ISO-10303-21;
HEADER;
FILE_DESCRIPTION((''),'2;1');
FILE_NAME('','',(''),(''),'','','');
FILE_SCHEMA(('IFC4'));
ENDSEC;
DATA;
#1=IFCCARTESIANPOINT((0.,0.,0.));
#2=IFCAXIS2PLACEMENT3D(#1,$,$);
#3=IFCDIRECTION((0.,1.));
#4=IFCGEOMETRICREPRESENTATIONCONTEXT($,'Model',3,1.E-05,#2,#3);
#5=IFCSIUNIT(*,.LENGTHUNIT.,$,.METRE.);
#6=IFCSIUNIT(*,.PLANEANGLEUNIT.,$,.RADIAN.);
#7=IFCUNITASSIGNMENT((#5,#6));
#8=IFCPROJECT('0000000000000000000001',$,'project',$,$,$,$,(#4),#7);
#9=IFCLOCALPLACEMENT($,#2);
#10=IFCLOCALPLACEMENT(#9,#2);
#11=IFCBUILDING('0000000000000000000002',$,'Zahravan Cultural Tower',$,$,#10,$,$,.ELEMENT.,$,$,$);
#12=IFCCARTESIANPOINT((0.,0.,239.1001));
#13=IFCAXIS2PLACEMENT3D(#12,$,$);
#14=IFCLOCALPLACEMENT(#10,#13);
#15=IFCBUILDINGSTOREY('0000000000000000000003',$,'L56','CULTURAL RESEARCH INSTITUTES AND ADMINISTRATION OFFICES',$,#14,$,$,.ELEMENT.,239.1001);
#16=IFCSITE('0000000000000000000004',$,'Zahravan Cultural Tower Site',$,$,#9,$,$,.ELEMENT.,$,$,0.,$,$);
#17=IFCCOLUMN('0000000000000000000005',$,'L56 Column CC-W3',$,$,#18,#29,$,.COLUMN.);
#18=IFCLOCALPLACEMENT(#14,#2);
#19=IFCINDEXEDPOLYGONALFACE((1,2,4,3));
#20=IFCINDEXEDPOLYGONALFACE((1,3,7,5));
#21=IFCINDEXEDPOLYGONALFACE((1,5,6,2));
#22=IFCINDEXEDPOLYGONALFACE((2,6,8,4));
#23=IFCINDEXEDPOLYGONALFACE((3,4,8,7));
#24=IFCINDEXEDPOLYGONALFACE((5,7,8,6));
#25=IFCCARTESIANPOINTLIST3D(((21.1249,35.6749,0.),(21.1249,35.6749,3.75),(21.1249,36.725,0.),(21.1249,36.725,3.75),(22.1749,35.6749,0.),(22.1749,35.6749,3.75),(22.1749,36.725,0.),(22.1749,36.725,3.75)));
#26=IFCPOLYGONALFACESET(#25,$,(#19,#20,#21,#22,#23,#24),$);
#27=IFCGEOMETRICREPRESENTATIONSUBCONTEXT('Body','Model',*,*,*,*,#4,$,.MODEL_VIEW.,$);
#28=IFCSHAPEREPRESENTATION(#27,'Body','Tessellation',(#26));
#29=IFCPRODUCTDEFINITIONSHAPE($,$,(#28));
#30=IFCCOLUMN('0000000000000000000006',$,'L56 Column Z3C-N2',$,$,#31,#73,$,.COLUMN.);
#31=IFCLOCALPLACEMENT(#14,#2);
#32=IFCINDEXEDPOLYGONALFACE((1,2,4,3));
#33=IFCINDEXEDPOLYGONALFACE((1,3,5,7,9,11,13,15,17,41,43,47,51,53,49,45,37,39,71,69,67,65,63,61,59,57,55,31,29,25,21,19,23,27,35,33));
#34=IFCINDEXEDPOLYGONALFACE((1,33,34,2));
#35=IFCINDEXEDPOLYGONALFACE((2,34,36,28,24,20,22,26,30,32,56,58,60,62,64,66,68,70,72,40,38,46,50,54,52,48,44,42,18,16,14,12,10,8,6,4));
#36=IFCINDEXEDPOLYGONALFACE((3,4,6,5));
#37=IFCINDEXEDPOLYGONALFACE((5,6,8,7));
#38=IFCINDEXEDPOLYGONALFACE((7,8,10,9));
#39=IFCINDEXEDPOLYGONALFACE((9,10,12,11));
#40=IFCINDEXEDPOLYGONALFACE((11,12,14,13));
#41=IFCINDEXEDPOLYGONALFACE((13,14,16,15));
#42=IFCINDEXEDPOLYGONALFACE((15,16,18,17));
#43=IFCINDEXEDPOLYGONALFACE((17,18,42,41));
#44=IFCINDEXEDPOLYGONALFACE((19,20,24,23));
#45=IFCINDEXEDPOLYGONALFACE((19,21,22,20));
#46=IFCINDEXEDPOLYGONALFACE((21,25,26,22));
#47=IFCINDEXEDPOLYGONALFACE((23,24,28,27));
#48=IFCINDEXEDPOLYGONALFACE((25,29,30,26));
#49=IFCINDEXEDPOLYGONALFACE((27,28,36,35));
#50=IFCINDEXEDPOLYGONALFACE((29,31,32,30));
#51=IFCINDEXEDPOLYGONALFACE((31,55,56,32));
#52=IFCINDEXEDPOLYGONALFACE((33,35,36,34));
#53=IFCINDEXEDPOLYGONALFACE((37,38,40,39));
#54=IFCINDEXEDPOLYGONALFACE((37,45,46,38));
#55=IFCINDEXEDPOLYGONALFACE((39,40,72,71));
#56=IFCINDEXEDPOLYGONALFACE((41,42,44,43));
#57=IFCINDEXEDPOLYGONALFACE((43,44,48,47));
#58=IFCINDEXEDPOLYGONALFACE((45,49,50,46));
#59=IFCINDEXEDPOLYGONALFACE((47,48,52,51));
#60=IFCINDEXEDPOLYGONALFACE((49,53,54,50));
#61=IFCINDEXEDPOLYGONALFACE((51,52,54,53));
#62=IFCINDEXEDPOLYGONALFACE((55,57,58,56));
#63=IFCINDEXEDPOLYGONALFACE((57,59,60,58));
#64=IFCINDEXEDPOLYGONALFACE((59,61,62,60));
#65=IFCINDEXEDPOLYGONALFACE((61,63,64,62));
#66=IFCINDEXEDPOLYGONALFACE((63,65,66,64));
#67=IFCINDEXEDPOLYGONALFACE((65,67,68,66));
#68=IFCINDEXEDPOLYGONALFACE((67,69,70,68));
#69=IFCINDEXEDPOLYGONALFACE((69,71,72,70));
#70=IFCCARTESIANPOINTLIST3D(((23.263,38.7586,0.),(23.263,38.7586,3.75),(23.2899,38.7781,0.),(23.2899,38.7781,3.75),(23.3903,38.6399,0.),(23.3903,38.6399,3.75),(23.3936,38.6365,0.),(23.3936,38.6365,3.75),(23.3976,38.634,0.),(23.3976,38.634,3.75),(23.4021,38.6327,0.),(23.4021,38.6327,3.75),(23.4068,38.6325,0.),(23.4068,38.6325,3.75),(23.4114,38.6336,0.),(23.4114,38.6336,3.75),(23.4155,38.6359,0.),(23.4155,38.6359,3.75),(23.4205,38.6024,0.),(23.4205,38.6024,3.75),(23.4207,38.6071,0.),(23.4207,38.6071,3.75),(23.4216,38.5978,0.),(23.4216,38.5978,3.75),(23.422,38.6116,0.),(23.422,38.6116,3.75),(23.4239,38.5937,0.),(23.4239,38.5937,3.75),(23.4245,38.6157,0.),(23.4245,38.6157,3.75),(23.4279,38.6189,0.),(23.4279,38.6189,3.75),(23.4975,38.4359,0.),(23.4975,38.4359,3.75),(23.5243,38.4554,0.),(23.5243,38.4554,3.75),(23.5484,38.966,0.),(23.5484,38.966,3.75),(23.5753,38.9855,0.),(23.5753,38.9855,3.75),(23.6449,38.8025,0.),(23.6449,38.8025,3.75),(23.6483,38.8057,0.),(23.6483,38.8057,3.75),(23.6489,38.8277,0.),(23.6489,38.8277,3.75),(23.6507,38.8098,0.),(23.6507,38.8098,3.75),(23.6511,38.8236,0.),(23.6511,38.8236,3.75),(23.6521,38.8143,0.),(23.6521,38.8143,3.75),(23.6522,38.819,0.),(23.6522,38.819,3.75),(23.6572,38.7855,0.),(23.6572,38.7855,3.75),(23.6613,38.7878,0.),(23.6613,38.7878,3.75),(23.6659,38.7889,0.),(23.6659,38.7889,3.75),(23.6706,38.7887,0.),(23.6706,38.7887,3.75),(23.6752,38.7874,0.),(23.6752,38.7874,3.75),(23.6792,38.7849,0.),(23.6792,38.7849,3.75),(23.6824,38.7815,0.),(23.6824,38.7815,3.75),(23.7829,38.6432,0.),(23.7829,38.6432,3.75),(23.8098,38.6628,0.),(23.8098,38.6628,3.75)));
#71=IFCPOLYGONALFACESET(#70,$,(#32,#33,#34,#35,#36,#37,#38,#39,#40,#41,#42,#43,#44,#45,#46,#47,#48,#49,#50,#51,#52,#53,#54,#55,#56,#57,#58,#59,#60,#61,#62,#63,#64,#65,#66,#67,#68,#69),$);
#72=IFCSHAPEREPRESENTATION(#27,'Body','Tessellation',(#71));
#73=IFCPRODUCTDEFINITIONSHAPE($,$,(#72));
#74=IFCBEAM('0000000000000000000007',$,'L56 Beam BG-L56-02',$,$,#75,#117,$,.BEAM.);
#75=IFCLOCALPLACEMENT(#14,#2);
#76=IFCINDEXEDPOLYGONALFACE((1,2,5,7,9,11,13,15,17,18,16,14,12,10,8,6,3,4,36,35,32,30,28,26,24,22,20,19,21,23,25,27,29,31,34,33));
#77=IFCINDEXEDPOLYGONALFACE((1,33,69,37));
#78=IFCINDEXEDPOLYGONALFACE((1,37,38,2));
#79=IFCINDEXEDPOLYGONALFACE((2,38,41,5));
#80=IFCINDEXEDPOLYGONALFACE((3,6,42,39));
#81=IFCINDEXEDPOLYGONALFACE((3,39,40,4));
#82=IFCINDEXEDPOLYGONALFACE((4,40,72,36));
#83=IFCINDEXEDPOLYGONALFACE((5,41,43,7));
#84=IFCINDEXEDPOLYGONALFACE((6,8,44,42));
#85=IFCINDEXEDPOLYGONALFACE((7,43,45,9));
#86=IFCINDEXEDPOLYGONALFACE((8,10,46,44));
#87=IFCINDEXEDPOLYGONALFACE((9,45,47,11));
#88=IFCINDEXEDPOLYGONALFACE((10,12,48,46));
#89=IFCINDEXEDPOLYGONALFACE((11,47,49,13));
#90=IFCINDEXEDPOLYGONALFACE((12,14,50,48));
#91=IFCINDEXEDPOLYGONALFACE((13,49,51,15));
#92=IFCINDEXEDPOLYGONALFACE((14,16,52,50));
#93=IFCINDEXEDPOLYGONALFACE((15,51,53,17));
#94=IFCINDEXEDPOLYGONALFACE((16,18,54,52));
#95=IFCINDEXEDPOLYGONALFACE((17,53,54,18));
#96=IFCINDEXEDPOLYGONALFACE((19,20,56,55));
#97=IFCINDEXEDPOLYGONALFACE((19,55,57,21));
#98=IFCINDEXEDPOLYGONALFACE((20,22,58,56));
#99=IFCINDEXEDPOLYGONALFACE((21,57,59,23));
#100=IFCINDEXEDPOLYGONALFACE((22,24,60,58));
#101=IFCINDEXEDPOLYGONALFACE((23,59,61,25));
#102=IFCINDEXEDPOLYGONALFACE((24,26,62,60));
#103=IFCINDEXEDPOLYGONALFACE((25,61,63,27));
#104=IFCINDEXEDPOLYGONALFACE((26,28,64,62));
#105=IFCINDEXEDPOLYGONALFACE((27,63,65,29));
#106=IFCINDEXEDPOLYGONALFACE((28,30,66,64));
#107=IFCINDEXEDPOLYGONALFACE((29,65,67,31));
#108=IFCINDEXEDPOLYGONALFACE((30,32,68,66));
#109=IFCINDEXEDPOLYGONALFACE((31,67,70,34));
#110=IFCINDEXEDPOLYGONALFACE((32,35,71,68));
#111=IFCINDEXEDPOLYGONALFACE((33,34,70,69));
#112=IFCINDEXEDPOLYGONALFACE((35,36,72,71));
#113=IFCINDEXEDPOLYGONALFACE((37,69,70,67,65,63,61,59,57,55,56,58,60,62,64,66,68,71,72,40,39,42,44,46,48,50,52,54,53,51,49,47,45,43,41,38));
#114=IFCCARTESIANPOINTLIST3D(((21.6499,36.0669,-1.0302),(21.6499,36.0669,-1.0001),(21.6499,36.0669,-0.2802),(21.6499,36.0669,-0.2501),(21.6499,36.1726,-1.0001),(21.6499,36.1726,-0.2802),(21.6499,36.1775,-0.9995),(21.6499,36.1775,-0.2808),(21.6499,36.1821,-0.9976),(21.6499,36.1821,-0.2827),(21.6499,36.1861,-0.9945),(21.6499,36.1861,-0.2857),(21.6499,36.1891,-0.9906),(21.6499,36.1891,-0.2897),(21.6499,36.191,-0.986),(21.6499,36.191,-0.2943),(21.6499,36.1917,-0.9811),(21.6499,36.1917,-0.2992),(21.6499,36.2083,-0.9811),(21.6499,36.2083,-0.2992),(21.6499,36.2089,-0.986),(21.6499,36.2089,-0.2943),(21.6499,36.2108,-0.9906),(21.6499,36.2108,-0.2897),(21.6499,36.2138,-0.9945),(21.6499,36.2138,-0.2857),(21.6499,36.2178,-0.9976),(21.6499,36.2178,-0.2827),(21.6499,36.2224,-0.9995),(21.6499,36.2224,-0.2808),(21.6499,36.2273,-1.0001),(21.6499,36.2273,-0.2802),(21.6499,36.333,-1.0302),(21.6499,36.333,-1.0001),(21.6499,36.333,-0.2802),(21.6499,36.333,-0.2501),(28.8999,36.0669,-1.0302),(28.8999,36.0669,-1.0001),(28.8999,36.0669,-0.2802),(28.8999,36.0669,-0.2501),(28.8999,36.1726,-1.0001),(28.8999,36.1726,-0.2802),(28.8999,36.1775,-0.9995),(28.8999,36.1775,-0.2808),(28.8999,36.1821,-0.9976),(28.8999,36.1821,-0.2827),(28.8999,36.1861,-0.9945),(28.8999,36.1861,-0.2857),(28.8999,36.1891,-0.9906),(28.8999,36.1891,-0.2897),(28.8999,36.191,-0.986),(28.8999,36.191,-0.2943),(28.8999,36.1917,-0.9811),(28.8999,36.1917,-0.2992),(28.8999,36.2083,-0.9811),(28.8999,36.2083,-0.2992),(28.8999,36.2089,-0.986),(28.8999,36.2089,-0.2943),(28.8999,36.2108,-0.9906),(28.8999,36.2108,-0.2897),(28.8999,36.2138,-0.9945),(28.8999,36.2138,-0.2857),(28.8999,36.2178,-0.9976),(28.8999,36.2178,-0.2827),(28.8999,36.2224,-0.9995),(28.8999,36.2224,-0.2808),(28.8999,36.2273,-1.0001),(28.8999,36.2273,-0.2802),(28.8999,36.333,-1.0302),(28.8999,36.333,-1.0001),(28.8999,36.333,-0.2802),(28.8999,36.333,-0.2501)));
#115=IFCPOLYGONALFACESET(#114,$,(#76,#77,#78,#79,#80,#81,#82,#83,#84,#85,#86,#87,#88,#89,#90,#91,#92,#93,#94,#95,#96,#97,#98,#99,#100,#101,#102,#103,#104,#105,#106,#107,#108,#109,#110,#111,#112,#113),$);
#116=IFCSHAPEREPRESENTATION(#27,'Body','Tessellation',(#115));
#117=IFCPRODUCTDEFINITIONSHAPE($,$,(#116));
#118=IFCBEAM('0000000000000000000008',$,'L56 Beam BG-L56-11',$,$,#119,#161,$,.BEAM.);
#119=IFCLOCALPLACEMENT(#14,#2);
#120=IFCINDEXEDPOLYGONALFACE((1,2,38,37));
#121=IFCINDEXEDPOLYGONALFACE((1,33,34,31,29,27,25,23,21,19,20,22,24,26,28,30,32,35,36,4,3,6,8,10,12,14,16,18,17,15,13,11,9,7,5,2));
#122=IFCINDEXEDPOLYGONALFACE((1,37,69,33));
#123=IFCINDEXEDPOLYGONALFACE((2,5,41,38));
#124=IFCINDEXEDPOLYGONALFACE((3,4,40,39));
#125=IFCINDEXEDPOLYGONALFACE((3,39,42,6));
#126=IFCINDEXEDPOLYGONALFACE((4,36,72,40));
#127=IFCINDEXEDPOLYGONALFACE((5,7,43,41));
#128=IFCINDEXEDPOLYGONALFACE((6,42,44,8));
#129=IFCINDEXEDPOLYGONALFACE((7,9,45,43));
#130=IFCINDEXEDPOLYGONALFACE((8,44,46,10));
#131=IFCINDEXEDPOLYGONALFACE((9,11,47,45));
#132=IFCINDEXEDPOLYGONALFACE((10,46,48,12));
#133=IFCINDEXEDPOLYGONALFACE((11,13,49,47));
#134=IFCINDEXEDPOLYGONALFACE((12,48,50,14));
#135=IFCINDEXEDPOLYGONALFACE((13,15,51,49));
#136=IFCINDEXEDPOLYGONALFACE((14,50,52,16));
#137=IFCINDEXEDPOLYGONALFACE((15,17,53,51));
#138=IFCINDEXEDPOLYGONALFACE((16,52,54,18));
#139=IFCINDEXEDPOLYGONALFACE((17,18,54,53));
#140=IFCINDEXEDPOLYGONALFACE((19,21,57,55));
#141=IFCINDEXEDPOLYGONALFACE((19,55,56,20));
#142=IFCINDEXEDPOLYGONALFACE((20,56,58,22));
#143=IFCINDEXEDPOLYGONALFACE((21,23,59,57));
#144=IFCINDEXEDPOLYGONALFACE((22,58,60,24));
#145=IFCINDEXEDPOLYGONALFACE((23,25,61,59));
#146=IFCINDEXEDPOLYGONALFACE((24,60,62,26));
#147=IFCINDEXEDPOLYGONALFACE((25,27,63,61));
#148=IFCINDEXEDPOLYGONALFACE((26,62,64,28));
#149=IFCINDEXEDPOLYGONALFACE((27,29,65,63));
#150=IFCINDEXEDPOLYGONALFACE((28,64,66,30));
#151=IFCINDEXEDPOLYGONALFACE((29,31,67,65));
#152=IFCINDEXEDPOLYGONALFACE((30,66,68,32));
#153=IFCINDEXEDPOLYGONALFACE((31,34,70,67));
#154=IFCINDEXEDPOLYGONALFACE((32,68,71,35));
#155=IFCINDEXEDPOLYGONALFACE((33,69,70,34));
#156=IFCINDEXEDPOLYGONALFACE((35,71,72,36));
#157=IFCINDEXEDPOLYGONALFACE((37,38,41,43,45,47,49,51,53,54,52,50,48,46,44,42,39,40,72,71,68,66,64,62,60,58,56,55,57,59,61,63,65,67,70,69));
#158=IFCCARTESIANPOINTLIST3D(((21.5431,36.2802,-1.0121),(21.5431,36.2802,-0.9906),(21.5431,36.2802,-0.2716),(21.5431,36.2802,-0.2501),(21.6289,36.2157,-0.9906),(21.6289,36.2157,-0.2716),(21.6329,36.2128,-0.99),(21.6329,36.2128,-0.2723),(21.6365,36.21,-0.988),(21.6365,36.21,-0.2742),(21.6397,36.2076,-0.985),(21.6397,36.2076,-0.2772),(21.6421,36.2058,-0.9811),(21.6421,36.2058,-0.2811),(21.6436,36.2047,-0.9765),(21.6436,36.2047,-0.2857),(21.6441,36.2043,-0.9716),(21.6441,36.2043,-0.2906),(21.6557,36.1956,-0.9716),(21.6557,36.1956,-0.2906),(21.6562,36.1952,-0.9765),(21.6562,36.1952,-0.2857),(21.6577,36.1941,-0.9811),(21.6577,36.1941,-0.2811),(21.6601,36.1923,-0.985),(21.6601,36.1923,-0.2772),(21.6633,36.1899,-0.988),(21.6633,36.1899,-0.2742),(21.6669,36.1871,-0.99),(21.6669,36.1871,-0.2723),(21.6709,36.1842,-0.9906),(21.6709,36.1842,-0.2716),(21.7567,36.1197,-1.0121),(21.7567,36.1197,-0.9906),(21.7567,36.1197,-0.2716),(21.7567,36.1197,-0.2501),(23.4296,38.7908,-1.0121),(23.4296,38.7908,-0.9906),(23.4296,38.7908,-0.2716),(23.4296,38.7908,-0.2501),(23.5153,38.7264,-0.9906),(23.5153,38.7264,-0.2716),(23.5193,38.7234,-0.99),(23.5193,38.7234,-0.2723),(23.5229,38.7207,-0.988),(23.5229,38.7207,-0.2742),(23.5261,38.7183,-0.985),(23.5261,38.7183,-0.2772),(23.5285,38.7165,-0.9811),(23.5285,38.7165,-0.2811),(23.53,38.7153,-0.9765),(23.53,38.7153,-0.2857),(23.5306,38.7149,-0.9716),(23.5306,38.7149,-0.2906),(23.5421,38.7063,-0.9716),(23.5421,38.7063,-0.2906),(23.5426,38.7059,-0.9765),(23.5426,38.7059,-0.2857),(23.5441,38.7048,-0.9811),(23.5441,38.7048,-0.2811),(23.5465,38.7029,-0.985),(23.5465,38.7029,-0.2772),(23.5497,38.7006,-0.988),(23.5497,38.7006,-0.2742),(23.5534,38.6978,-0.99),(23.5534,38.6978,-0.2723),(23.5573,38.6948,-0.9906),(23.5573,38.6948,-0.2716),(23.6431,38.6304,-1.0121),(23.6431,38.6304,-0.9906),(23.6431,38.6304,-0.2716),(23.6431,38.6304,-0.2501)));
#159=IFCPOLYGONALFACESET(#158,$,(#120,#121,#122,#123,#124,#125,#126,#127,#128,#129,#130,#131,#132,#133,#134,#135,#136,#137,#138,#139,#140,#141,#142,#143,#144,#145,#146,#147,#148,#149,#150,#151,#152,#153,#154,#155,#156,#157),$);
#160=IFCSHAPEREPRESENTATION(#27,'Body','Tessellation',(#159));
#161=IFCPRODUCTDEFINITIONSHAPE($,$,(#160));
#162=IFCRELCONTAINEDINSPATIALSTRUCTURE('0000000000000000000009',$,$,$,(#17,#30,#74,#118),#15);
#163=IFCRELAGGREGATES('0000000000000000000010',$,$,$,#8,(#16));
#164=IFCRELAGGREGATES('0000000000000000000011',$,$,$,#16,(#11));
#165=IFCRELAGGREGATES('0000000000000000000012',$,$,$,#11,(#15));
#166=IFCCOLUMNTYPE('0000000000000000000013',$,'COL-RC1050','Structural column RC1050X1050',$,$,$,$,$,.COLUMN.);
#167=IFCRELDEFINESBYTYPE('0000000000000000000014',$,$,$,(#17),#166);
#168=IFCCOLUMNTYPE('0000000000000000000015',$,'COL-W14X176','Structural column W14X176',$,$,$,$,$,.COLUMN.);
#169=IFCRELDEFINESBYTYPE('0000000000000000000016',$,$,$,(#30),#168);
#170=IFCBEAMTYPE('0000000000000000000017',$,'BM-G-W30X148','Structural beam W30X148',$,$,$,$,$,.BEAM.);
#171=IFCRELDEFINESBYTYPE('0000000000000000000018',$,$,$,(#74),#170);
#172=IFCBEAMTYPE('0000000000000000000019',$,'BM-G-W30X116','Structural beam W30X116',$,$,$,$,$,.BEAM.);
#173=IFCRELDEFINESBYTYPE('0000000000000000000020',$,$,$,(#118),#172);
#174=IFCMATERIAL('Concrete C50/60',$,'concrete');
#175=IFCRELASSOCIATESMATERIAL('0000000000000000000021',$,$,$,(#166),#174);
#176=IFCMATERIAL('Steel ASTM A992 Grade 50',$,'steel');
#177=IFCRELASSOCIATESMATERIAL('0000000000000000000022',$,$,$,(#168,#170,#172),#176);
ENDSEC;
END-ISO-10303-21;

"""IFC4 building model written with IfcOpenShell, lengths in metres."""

from ifc_helpers import new_model, si_unit, direction, frame, origin, origin_2d, place, context, subcontext, project, spatial, rectangle, i_section, extrude, source, transform, mapped, material, material_profile, profile_set, type_object, element, save


model = new_model("IFC4")

# Units and contexts
model_context = context("Model", 3, precision=1e-05, world=origin(), true_north=direction((0.0, 1.0)))
body_context = subcontext(model_context, "Body", "Model", "MODEL_VIEW")
ifc_project = project(units=[si_unit("LENGTHUNIT", "METRE"), si_unit("PLANEANGLEUNIT", "RADIAN")], contexts=[model_context])

# Site, building, storey
site_placement = place(None, origin())
site = spatial("IfcSite", under=ifc_project, at=site_placement, Name="Zahravan Cultural Tower Site", CompositionType="ELEMENT", RefElevation=0.0)
building_placement = place(site_placement, origin())
building = spatial("IfcBuilding", under=site, at=building_placement, Name="Zahravan Cultural Tower", CompositionType="ELEMENT")
storey_placement = place(building_placement, frame((0.0, 0.0, 239.1001)))
storey = spatial("IfcBuildingStorey", under=building, at=storey_placement, Name="L56", Description="CULTURAL RESEARCH INSTITUTES AND ADMINISTRATION OFFICES", CompositionType="ELEMENT", Elevation=239.1001)

# Columns
ifc_material_1 = material(Name="Concrete C50/60", Category="concrete")
ifc_material_profile_1 = material_profile(ifc_material_1, rectangle(XDim=1.05, YDim=1.05, at=origin_2d()), Name="RC1050X1050")
ifc_profile_set_1 = profile_set([ifc_material_profile_1], Name="Concrete C50/60")
column_type_1 = type_object("IfcColumnType", Name="COL-RC1050", Description="Structural column RC1050X1050", PredefinedType="COLUMN", material=ifc_profile_set_1)
shared_shape_1 = source(origin(), body_context, "Body", "SweptSolid", [
    extrude(rectangle(XDim=1.05, YDim=1.05, at=origin_2d()), origin(), (0.0, 0.0, 1.0), 3.75),
])
column_1_placement = place(storey_placement, frame((21.6499, 36.2, 0.0), z_axis=(0.0, 0.0, 1.0), x_axis=(1.0, 0.0, 0.0)))
element("IfcColumn", 1, at=column_1_placement, inside=storey, type_object=column_type_1, Name="L56 Column CC-W3", PredefinedType="COLUMN", context=body_context, shape_type="MappedRepresentation", body=[
    mapped(shared_shape_1, transform((0.0, 0.0, 0.0), x_axis=(1.0, 0.0, 0.0), y_axis=(0.0, 1.0, 0.0), z_axis=(0.0, 0.0, 1.0), scale=1.0)),
])
ifc_material_2 = material(Name="Steel ASTM A992 Grade 50", Category="steel")
ifc_material_profile_2 = material_profile(ifc_material_2, i_section(OverallWidth=0.3989, OverallDepth=0.386, WebThickness=0.021, FlangeThickness=0.0332, FilletRadius=0.0181, at=origin_2d()), Name="W14X176")
ifc_profile_set_2 = profile_set([ifc_material_profile_2], Name="Steel ASTM A992 Grade 50")
column_type_2 = type_object("IfcColumnType", Name="COL-W14X176", Description="Structural column W14X176", PredefinedType="COLUMN", material=ifc_profile_set_2)
shared_shape_2 = source(origin(), body_context, "Body", "SweptSolid", [
    extrude(i_section(OverallWidth=0.3989, OverallDepth=0.386, WebThickness=0.021, FlangeThickness=0.0332, FilletRadius=0.0181, at=origin_2d()), origin(), (0.0, 0.0, 1.0), 3.75),
])
column_2_placement = place(storey_placement, frame((23.5364, 38.7107, 0.0), z_axis=(0.0, 0.0, 1.0), x_axis=(-0.587785, 0.809017, 0.0)))
element("IfcColumn", 2, at=column_2_placement, inside=storey, type_object=column_type_2, Name="L56 Column Z3C-N2", PredefinedType="COLUMN", context=body_context, shape_type="MappedRepresentation", body=[
    mapped(shared_shape_2, transform((0.0, 0.0, 0.0), x_axis=(1.0, 0.0, 0.0), y_axis=(0.0, 1.0, 0.0), z_axis=(0.0, 0.0, 1.0), scale=1.0)),
])

# Beams
ifc_material_profile_3 = material_profile(ifc_material_2, i_section(OverallWidth=0.2661, OverallDepth=0.78, WebThickness=0.0166, FlangeThickness=0.03, FilletRadius=0.019, at=origin_2d()), Name="W30X148")
ifc_profile_set_3 = profile_set([ifc_material_profile_3], Name="Steel ASTM A992 Grade 50")
beam_type_1 = type_object("IfcBeamType", Name="BM-G-W30X148", Description="Structural beam W30X148", PredefinedType="BEAM", material=ifc_profile_set_3)
shared_shape_3 = source(origin(), body_context, "Body", "SweptSolid", [
    extrude(i_section(OverallWidth=0.2661, OverallDepth=0.78, WebThickness=0.0166, FlangeThickness=0.03, FilletRadius=0.019, at=origin_2d()), origin(), (0.0, 0.0, 1.0), 7.25),
])
beam_1_placement = place(storey_placement, frame((21.6499, 36.2, -0.6401), z_axis=(1.0, 0.0, 0.0), x_axis=(0.0, 1.0, 0.0)))
element("IfcBeam", 3, at=beam_1_placement, inside=storey, type_object=beam_type_1, Name="L56 Beam BG-L56-02", PredefinedType="BEAM", context=body_context, shape_type="MappedRepresentation", body=[
    mapped(shared_shape_3, transform((0.0, 0.0, 0.0), x_axis=(1.0, 0.0, 0.0), y_axis=(0.0, 1.0, 0.0), z_axis=(0.0, 0.0, 1.0), scale=1.0)),
])
ifc_material_profile_4 = material_profile(ifc_material_2, i_section(OverallWidth=0.2671, OverallDepth=0.762, WebThickness=0.0144, FlangeThickness=0.0215, FilletRadius=0.019, at=origin_2d()), Name="W30X116")
ifc_profile_set_4 = profile_set([ifc_material_profile_4], Name="Steel ASTM A992 Grade 50")
beam_type_2 = type_object("IfcBeamType", Name="BM-G-W30X116", Description="Structural beam W30X116", PredefinedType="BEAM", material=ifc_profile_set_4)
shared_shape_4 = source(origin(), body_context, "Body", "SweptSolid", [
    extrude(i_section(OverallWidth=0.2671, OverallDepth=0.762, WebThickness=0.0144, FlangeThickness=0.0215, FilletRadius=0.019, at=origin_2d()), origin(), (0.0, 0.0, 1.0), 3.1404),
])
beam_2_placement = place(storey_placement, frame((21.6499, 36.2, -0.6311), z_axis=(0.600696, 0.799477, 0.0), x_axis=(-0.799477, 0.600696, 0.0)))
element("IfcBeam", 4, at=beam_2_placement, inside=storey, type_object=beam_type_2, Name="L56 Beam BG-L56-11", PredefinedType="BEAM", context=body_context, shape_type="MappedRepresentation", body=[
    mapped(shared_shape_4, transform((0.0, 0.0, 0.0), x_axis=(1.0, 0.0, 0.0), y_axis=(0.0, 1.0, 0.0), z_axis=(0.0, 0.0, 1.0), scale=1.0)),
])

save(model, "model.ifc")
